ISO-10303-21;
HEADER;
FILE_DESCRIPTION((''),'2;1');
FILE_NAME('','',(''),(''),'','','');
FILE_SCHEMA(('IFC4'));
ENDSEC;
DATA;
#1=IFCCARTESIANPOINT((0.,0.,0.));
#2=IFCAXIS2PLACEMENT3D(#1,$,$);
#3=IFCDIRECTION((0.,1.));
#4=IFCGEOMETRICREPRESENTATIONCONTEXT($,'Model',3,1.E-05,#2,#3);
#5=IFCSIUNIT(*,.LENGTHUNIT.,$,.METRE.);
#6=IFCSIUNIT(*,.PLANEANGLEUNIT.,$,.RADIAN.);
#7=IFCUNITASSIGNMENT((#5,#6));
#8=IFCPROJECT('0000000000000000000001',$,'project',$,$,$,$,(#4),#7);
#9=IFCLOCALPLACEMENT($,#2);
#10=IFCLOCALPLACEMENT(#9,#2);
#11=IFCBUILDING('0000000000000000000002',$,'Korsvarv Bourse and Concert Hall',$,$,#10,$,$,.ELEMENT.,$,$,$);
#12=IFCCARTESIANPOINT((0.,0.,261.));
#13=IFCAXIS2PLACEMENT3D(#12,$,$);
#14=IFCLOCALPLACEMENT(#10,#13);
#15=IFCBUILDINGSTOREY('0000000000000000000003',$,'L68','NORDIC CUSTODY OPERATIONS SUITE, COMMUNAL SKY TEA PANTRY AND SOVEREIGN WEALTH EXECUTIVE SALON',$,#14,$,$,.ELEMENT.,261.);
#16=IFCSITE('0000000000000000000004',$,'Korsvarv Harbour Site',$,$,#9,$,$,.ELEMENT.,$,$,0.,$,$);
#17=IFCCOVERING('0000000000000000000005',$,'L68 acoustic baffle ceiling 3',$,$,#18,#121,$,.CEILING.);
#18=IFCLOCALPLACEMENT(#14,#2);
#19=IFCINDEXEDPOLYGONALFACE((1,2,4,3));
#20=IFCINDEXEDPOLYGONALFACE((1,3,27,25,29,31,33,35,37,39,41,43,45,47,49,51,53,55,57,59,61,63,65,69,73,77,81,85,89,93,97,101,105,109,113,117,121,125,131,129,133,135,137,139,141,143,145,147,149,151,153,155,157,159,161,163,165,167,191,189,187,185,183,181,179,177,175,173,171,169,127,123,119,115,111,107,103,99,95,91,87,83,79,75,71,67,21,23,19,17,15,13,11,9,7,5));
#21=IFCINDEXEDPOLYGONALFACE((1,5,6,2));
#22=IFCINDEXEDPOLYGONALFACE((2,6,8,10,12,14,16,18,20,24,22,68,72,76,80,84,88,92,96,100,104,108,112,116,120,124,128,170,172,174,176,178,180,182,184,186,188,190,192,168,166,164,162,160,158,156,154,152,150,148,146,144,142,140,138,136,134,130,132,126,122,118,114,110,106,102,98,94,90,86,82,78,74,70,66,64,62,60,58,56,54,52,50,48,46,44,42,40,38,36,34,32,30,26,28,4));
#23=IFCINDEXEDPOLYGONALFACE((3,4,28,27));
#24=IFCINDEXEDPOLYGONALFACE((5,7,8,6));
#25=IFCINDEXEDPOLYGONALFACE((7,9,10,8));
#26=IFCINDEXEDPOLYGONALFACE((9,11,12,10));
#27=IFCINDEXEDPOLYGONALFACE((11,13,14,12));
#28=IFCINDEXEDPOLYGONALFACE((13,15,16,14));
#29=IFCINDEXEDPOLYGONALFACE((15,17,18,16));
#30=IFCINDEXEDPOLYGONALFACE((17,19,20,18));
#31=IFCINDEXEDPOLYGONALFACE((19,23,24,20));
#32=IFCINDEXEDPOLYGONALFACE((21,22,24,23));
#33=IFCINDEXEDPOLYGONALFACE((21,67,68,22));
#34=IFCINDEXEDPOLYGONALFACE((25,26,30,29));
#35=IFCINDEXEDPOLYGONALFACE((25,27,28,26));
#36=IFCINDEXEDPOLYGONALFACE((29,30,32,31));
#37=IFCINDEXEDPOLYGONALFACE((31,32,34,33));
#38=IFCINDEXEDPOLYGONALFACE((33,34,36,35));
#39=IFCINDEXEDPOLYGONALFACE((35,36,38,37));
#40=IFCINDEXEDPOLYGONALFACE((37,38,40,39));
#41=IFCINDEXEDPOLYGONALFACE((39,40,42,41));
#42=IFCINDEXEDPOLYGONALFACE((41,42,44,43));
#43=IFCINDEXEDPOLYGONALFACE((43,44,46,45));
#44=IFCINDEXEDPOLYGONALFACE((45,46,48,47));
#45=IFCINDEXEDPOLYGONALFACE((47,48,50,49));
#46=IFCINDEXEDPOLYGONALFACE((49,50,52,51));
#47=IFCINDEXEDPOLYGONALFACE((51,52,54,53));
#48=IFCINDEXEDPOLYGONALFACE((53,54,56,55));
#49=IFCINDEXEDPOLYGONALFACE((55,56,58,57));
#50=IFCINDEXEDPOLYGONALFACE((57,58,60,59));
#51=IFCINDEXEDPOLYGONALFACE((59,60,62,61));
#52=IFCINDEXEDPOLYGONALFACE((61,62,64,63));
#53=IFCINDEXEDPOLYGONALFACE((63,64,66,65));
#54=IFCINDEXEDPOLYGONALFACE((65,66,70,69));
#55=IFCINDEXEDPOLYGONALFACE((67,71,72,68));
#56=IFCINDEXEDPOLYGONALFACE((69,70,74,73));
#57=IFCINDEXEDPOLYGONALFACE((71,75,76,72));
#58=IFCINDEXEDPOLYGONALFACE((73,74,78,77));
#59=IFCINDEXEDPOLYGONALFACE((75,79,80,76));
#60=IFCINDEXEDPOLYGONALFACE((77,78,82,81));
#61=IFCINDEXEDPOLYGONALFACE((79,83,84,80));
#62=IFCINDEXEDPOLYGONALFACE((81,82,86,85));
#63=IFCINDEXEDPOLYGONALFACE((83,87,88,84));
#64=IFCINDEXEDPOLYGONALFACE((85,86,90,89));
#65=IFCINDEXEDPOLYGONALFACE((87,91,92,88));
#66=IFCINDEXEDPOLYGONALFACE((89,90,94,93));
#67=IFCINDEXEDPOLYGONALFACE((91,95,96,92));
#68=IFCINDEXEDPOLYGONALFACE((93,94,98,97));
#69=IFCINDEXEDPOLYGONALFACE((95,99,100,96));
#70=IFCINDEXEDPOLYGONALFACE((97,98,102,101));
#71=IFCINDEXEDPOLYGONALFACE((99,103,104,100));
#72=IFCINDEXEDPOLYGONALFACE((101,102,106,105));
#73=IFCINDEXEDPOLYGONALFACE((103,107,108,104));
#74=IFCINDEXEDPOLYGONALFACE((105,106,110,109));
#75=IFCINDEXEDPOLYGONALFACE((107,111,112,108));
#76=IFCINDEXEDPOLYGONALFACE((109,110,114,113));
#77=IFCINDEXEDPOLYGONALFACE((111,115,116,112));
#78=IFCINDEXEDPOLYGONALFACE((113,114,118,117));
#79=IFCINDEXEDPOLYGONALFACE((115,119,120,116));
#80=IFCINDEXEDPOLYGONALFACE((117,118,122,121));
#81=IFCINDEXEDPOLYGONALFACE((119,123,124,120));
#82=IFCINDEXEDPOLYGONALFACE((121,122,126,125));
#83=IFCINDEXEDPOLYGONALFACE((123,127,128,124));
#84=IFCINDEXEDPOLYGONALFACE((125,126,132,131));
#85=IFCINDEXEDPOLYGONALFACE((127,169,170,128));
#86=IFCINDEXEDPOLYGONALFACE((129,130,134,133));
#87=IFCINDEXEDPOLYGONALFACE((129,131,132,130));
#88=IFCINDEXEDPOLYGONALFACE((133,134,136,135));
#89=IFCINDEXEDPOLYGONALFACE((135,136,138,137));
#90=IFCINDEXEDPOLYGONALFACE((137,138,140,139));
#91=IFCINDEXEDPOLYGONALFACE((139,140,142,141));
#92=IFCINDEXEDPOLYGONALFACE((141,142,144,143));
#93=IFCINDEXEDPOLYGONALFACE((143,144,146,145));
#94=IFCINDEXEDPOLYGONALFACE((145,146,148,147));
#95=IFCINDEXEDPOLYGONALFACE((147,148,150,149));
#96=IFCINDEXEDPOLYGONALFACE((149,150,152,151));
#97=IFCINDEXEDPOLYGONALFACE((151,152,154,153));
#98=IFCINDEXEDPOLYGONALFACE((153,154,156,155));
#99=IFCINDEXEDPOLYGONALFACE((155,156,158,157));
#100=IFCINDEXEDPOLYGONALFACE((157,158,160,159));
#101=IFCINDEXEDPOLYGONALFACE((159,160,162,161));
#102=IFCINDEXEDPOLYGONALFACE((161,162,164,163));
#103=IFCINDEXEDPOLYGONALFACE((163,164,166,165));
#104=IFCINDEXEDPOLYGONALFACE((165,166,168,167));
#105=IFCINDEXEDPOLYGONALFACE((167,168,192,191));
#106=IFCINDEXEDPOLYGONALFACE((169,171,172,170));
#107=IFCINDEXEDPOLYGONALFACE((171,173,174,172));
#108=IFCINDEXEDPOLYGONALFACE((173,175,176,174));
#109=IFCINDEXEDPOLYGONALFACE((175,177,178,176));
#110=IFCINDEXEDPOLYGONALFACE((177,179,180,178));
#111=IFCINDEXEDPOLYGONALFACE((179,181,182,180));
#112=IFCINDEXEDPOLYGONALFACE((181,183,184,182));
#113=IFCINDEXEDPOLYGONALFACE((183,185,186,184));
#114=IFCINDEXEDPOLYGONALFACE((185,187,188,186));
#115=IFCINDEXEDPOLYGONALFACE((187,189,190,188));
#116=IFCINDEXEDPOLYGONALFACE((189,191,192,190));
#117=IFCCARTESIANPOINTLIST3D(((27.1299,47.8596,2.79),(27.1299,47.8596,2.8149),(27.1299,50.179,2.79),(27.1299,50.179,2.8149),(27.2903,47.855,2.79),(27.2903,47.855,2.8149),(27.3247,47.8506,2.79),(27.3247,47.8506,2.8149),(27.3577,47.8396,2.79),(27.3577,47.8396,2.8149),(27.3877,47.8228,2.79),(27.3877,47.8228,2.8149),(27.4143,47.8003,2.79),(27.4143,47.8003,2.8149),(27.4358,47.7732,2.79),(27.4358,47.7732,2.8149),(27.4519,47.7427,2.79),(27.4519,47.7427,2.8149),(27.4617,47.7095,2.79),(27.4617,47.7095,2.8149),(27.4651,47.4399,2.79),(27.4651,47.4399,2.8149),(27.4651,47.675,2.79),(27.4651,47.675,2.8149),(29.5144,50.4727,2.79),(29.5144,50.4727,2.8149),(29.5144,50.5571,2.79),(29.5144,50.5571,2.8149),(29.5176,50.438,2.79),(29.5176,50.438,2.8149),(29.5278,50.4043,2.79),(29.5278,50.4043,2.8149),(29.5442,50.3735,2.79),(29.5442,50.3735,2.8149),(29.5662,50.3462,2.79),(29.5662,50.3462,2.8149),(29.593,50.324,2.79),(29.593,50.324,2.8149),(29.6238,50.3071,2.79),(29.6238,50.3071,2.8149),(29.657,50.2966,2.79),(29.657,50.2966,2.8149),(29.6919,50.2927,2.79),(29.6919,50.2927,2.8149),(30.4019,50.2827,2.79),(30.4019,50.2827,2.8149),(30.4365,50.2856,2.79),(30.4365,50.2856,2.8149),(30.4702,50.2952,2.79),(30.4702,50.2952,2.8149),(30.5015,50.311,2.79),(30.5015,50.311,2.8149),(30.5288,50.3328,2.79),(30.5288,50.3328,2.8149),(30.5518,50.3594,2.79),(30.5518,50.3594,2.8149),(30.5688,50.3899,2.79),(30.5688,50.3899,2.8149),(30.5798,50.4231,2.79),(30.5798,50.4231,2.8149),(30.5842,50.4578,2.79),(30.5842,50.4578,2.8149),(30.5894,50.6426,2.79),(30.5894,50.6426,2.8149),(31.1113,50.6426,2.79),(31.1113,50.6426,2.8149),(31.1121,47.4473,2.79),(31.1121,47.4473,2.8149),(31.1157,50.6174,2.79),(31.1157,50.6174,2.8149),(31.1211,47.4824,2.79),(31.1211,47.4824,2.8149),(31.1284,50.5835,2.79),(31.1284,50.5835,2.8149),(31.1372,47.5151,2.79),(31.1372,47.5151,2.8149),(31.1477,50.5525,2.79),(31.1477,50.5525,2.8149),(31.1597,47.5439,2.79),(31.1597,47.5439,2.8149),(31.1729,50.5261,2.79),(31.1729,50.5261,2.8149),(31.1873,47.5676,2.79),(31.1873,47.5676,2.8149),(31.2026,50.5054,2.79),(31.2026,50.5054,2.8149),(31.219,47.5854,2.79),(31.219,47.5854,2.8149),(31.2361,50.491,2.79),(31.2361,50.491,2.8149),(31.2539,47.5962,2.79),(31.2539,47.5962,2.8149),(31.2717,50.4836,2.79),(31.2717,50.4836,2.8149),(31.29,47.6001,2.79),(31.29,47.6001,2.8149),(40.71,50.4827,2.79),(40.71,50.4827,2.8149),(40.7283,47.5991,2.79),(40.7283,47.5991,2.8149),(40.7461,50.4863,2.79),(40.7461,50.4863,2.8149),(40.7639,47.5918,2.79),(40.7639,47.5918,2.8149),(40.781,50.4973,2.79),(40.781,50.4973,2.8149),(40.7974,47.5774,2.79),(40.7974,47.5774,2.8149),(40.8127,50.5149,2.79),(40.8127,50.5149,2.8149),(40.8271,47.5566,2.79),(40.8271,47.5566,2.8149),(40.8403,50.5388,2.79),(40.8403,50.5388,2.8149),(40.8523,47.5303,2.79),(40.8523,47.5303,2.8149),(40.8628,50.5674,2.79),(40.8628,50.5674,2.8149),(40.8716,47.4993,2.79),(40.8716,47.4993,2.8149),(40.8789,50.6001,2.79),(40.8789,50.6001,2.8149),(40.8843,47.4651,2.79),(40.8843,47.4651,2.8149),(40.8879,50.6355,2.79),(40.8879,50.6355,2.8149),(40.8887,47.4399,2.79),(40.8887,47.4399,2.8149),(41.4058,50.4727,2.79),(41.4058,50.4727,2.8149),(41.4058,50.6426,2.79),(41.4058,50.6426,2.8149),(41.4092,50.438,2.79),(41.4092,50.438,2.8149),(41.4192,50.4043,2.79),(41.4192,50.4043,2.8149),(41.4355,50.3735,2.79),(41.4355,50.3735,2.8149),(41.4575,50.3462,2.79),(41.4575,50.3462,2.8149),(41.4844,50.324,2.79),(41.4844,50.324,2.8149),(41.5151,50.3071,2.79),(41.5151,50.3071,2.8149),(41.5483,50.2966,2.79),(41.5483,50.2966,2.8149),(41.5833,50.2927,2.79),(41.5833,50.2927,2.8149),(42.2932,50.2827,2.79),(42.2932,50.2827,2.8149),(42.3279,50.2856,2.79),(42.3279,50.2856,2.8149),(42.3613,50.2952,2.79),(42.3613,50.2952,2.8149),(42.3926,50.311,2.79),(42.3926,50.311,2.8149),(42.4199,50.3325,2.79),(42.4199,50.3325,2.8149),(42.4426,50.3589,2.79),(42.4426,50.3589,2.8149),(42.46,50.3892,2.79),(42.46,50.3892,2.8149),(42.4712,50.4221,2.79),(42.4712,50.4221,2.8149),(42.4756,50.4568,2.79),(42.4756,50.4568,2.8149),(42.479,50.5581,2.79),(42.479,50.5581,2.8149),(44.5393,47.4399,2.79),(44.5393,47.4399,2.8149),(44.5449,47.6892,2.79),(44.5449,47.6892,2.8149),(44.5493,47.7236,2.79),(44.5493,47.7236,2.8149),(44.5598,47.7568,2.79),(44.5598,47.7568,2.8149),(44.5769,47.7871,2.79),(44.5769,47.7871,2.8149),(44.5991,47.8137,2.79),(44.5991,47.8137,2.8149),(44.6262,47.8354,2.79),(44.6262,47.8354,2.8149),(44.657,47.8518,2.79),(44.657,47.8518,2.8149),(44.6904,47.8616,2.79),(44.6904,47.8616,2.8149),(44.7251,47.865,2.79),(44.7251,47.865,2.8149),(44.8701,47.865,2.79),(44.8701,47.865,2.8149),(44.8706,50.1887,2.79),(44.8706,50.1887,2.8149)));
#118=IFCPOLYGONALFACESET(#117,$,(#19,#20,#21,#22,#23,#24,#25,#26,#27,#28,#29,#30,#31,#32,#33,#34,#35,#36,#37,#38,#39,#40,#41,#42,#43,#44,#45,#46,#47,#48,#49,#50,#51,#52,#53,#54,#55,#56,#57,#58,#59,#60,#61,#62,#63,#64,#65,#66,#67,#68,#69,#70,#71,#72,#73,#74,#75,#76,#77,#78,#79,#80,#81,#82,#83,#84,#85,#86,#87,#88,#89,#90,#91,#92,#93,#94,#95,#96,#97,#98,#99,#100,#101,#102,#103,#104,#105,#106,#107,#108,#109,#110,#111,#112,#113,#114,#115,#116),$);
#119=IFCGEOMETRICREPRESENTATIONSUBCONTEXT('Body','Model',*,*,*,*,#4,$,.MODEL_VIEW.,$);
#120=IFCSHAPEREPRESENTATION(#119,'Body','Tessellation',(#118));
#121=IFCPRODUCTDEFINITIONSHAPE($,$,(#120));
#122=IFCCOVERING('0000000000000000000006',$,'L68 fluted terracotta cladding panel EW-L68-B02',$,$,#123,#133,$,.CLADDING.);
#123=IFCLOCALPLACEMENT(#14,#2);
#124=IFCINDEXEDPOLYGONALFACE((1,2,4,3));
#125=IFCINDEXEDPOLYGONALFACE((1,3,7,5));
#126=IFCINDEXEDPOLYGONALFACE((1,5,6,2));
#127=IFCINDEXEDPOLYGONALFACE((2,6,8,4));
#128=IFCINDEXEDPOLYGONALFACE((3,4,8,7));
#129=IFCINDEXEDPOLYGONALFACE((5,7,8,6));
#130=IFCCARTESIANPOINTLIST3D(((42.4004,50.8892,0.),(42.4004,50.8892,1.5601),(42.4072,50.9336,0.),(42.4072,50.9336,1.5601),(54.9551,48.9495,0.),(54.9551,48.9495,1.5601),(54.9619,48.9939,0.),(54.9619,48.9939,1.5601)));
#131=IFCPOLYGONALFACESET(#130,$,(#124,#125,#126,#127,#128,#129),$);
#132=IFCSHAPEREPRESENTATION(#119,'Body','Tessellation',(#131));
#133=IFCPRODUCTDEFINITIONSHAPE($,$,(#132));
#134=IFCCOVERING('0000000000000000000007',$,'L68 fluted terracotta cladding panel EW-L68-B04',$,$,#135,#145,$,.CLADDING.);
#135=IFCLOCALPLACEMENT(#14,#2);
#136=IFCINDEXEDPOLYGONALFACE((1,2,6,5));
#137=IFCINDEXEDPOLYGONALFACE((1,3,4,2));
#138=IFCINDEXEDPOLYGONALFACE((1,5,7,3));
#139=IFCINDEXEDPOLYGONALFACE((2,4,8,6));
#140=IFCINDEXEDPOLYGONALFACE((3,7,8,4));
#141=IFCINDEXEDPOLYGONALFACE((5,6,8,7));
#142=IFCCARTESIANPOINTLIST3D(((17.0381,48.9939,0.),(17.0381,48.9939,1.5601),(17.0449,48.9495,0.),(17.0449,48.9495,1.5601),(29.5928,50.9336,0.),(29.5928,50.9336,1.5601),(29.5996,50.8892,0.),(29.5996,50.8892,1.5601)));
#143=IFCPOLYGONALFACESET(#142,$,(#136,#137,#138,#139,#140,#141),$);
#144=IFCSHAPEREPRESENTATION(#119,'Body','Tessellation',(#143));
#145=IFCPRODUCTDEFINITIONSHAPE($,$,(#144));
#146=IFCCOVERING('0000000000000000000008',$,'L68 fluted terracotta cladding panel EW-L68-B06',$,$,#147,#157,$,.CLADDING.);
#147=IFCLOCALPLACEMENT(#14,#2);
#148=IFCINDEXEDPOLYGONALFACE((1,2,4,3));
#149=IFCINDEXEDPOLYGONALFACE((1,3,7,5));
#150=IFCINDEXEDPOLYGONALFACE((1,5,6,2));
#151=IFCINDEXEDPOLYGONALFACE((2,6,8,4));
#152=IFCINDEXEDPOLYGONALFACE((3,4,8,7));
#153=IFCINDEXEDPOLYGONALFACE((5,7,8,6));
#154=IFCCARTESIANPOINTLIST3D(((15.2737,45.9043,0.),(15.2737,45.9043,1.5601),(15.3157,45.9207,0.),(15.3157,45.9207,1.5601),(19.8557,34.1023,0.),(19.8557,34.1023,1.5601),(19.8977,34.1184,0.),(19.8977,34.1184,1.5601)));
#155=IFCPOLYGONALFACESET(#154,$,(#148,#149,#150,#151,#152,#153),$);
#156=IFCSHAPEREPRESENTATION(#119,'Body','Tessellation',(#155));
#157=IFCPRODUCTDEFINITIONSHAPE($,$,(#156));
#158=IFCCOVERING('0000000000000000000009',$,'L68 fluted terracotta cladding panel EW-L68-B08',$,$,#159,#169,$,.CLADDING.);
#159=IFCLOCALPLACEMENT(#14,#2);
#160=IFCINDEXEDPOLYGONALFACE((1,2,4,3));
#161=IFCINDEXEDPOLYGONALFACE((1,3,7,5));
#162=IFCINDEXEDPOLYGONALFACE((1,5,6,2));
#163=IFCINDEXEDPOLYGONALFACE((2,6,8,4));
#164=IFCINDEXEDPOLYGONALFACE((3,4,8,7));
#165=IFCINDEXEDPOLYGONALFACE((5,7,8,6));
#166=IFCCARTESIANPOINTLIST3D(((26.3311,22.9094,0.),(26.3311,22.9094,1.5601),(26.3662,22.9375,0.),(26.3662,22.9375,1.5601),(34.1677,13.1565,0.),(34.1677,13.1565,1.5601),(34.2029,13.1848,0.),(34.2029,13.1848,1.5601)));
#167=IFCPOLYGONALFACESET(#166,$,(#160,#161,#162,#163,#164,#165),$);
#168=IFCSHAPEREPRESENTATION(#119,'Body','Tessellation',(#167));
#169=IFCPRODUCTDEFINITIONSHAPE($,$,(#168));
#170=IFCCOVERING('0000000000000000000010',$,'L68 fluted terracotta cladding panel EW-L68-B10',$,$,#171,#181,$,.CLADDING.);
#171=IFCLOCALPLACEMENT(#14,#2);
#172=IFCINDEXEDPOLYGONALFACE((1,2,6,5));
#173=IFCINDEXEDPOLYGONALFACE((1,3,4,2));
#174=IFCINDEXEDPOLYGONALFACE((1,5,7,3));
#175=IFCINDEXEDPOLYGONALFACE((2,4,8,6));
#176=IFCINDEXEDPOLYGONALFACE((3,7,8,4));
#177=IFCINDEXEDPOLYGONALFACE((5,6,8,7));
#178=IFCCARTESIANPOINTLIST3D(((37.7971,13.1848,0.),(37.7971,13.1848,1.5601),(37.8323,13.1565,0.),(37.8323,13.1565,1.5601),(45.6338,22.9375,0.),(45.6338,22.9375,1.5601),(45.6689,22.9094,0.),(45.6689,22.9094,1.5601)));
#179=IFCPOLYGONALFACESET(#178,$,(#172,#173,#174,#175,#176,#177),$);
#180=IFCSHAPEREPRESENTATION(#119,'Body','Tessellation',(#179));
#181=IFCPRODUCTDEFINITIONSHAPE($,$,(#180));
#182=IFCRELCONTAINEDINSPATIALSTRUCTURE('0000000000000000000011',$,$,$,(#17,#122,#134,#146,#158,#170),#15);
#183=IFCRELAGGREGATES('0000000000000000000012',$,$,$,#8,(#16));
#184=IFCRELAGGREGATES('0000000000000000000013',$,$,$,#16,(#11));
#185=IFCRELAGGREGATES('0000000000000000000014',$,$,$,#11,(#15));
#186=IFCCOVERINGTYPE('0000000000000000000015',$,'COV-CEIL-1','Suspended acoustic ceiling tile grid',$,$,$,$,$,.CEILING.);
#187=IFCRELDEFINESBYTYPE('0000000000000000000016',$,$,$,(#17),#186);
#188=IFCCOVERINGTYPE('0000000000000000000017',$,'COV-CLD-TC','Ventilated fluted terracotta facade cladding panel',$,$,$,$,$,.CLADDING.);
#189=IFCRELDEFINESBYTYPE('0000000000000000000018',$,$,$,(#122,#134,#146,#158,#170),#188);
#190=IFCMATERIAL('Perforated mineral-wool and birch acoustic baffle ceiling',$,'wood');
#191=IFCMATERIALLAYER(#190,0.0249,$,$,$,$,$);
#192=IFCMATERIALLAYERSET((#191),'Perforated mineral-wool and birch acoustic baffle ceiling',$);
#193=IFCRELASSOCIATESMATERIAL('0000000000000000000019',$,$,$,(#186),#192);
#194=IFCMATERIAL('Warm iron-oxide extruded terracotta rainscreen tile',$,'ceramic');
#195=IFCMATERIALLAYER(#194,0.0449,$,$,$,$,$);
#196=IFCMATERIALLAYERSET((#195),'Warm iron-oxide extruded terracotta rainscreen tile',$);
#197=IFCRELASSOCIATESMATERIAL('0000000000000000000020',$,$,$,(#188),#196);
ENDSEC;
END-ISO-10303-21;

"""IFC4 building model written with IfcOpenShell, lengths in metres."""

from ifc_helpers import new_model, si_unit, direction, frame, origin, place, context, subcontext, project, spatial, polyline, outline, extrude, material, layer, layer_set, type_object, element, save


model = new_model("IFC4")

# Units and contexts
model_context = context("Model", 3, precision=1e-05, world=origin(), true_north=direction((0.0, 1.0)))
body_context = subcontext(model_context, "Body", "Model", "MODEL_VIEW")
ifc_project = project(units=[si_unit("LENGTHUNIT", "METRE"), si_unit("PLANEANGLEUNIT", "RADIAN")], contexts=[model_context])

# Site, building, storey
site_placement = place(None, origin())
site = spatial("IfcSite", under=ifc_project, at=site_placement, Name="Korsvarv Harbour Site", CompositionType="ELEMENT", RefElevation=0.0)
building_placement = place(site_placement, origin())
building = spatial("IfcBuilding", under=site, at=building_placement, Name="Korsvarv Bourse and Concert Hall", CompositionType="ELEMENT")
storey_placement = place(building_placement, frame((0.0, 0.0, 261.0)))
storey = spatial("IfcBuildingStorey", under=building, at=storey_placement, Name="L68", Description="NORDIC CUSTODY OPERATIONS SUITE, COMMUNAL SKY TEA PANTRY AND SOVEREIGN WEALTH EXECUTIVE SALON", CompositionType="ELEMENT", Elevation=261.0)

# Coverings
ifc_material_1 = material(Name="Perforated mineral-wool and birch acoustic baffle ceiling", Category="wood")
ifc_layer_1 = layer(ifc_material_1, 0.0249)
ifc_layer_set_1 = layer_set([ifc_layer_1], Name="Perforated mineral-wool and birch acoustic baffle ceiling")
covering_type_1 = type_object("IfcCoveringType", Name="COV-CEIL-1", Description="Suspended acoustic ceiling tile grid", PredefinedType="CEILING", material=ifc_layer_set_1)
covering_1_placement = place(storey_placement, frame((0.0, 0.0, 2.79)))
element("IfcCovering", 1, at=covering_1_placement, inside=storey, type_object=covering_type_1, Name="L68 acoustic baffle ceiling 3", PredefinedType="CEILING", context=body_context, shape_type="SweptSolid", body=[
    extrude(outline(polyline([(29.5144, 50.5571), (29.5144, 50.4727), (29.5176, 50.438), (29.5278, 50.4043), (29.5442, 50.3735), (29.5662, 50.3462), (29.593, 50.324), (29.6238, 50.3071), (29.657, 50.2966), (29.6919, 50.2927), (30.4019, 50.2827), (30.4365, 50.2856), (30.4702, 50.2952), (30.5015, 50.311), (30.5288, 50.3328), (30.5518, 50.3594), (30.5688, 50.3899), (30.5798, 50.4231), (30.5842, 50.4578), (30.5894, 50.6426), (31.1113, 50.6426), (31.1157, 50.6174), (31.1284, 50.5835), (31.1477, 50.5525), (31.1729, 50.5261), (31.2026, 50.5054), (31.2361, 50.491), (31.2717, 50.4836), (40.71, 50.4827), (40.7461, 50.4863), (40.781, 50.4973), (40.8127, 50.5149), (40.8403, 50.5388), (40.8628, 50.5674), (40.8789, 50.6001), (40.8879, 50.6355), (41.4058, 50.6426), (41.4058, 50.4727), (41.4092, 50.438), (41.4192, 50.4043), (41.4355, 50.3735), (41.4575, 50.3462), (41.4844, 50.324), (41.5151, 50.3071), (41.5483, 50.2966), (41.5833, 50.2927), (42.2932, 50.2827), (42.3279, 50.2856), (42.3613, 50.2952), (42.3926, 50.311), (42.4199, 50.3325), (42.4426, 50.3589), (42.46, 50.3892), (42.4712, 50.4221), (42.4756, 50.4568), (42.479, 50.5581), (44.8706, 50.1887), (44.8701, 47.865), (44.7251, 47.865), (44.6904, 47.8616), (44.657, 47.8518), (44.6262, 47.8354), (44.5991, 47.8137), (44.5769, 47.7871), (44.5598, 47.7568), (44.5493, 47.7236), (44.5449, 47.6892), (44.5393, 47.4399), (40.8887, 47.4399), (40.8843, 47.4651), (40.8716, 47.4993), (40.8523, 47.5303), (40.8271, 47.5566), (40.7974, 47.5774), (40.7639, 47.5918), (40.7283, 47.5991), (31.29, 47.6001), (31.2539, 47.5962), (31.219, 47.5854), (31.1873, 47.5676), (31.1597, 47.5439), (31.1372, 47.5151), (31.1211, 47.4824), (31.1121, 47.4473), (27.4651, 47.4399), (27.4651, 47.675), (27.4617, 47.7095), (27.4519, 47.7427), (27.4358, 47.7732), (27.4143, 47.8003), (27.3877, 47.8228), (27.3577, 47.8396), (27.3247, 47.8506), (27.2903, 47.855), (27.1299, 47.8596), (27.1299, 50.179), (29.5144, 50.5571)])), origin(), (0.0, 0.0, 1.0), 0.0249),
])
ifc_material_2 = material(Name="Warm iron-oxide extruded terracotta rainscreen tile", Category="ceramic")
ifc_layer_2 = layer(ifc_material_2, 0.0449)
ifc_layer_set_2 = layer_set([ifc_layer_2], Name="Warm iron-oxide extruded terracotta rainscreen tile")
covering_type_2 = type_object("IfcCoveringType", Name="COV-CLD-TC", Description="Ventilated fluted terracotta facade cladding panel", PredefinedType="CLADDING", material=ifc_layer_set_2)
covering_2_placement = place(storey_placement, origin())
element("IfcCovering", 2, at=covering_2_placement, inside=storey, type_object=covering_type_2, Name="L68 fluted terracotta cladding panel EW-L68-B02", PredefinedType="CLADDING", context=body_context, shape_type="SweptSolid", body=[
    extrude(outline(polyline([(54.9551, 48.9495), (42.4004, 50.8892), (42.4072, 50.9336), (54.9619, 48.9939), (54.9551, 48.9495)])), origin(), (0.0, 0.0, 1.0), 1.5601),
])
covering_3_placement = place(storey_placement, origin())
element("IfcCovering", 3, at=covering_3_placement, inside=storey, type_object=covering_type_2, Name="L68 fluted terracotta cladding panel EW-L68-B04", PredefinedType="CLADDING", context=body_context, shape_type="SweptSolid", body=[
    extrude(outline(polyline([(29.5996, 50.8892), (17.0449, 48.9495), (17.0381, 48.9939), (29.5928, 50.9336), (29.5996, 50.8892)])), origin(), (0.0, 0.0, 1.0), 1.5601),
])
covering_4_placement = place(storey_placement, origin())
element("IfcCovering", 4, at=covering_4_placement, inside=storey, type_object=covering_type_2, Name="L68 fluted terracotta cladding panel EW-L68-B06", PredefinedType="CLADDING", context=body_context, shape_type="SweptSolid", body=[
    extrude(outline(polyline([(15.3157, 45.9207), (19.8977, 34.1184), (19.8557, 34.1023), (15.2737, 45.9043), (15.3157, 45.9207)])), origin(), (0.0, 0.0, 1.0), 1.5601),
])
covering_5_placement = place(storey_placement, origin())
element("IfcCovering", 5, at=covering_5_placement, inside=storey, type_object=covering_type_2, Name="L68 fluted terracotta cladding panel EW-L68-B08", PredefinedType="CLADDING", context=body_context, shape_type="SweptSolid", body=[
    extrude(outline(polyline([(26.3662, 22.9375), (34.2029, 13.1848), (34.1677, 13.1565), (26.3311, 22.9094), (26.3662, 22.9375)])), origin(), (0.0, 0.0, 1.0), 1.5601),
])
covering_6_placement = place(storey_placement, origin())
element("IfcCovering", 6, at=covering_6_placement, inside=storey, type_object=covering_type_2, Name="L68 fluted terracotta cladding panel EW-L68-B10", PredefinedType="CLADDING", context=body_context, shape_type="SweptSolid", body=[
    extrude(outline(polyline([(37.7971, 13.1848), (45.6338, 22.9375), (45.6689, 22.9094), (37.8323, 13.1565), (37.7971, 13.1848)])), origin(), (0.0, 0.0, 1.0), 1.5601),
])

save(model, "model.ifc")
